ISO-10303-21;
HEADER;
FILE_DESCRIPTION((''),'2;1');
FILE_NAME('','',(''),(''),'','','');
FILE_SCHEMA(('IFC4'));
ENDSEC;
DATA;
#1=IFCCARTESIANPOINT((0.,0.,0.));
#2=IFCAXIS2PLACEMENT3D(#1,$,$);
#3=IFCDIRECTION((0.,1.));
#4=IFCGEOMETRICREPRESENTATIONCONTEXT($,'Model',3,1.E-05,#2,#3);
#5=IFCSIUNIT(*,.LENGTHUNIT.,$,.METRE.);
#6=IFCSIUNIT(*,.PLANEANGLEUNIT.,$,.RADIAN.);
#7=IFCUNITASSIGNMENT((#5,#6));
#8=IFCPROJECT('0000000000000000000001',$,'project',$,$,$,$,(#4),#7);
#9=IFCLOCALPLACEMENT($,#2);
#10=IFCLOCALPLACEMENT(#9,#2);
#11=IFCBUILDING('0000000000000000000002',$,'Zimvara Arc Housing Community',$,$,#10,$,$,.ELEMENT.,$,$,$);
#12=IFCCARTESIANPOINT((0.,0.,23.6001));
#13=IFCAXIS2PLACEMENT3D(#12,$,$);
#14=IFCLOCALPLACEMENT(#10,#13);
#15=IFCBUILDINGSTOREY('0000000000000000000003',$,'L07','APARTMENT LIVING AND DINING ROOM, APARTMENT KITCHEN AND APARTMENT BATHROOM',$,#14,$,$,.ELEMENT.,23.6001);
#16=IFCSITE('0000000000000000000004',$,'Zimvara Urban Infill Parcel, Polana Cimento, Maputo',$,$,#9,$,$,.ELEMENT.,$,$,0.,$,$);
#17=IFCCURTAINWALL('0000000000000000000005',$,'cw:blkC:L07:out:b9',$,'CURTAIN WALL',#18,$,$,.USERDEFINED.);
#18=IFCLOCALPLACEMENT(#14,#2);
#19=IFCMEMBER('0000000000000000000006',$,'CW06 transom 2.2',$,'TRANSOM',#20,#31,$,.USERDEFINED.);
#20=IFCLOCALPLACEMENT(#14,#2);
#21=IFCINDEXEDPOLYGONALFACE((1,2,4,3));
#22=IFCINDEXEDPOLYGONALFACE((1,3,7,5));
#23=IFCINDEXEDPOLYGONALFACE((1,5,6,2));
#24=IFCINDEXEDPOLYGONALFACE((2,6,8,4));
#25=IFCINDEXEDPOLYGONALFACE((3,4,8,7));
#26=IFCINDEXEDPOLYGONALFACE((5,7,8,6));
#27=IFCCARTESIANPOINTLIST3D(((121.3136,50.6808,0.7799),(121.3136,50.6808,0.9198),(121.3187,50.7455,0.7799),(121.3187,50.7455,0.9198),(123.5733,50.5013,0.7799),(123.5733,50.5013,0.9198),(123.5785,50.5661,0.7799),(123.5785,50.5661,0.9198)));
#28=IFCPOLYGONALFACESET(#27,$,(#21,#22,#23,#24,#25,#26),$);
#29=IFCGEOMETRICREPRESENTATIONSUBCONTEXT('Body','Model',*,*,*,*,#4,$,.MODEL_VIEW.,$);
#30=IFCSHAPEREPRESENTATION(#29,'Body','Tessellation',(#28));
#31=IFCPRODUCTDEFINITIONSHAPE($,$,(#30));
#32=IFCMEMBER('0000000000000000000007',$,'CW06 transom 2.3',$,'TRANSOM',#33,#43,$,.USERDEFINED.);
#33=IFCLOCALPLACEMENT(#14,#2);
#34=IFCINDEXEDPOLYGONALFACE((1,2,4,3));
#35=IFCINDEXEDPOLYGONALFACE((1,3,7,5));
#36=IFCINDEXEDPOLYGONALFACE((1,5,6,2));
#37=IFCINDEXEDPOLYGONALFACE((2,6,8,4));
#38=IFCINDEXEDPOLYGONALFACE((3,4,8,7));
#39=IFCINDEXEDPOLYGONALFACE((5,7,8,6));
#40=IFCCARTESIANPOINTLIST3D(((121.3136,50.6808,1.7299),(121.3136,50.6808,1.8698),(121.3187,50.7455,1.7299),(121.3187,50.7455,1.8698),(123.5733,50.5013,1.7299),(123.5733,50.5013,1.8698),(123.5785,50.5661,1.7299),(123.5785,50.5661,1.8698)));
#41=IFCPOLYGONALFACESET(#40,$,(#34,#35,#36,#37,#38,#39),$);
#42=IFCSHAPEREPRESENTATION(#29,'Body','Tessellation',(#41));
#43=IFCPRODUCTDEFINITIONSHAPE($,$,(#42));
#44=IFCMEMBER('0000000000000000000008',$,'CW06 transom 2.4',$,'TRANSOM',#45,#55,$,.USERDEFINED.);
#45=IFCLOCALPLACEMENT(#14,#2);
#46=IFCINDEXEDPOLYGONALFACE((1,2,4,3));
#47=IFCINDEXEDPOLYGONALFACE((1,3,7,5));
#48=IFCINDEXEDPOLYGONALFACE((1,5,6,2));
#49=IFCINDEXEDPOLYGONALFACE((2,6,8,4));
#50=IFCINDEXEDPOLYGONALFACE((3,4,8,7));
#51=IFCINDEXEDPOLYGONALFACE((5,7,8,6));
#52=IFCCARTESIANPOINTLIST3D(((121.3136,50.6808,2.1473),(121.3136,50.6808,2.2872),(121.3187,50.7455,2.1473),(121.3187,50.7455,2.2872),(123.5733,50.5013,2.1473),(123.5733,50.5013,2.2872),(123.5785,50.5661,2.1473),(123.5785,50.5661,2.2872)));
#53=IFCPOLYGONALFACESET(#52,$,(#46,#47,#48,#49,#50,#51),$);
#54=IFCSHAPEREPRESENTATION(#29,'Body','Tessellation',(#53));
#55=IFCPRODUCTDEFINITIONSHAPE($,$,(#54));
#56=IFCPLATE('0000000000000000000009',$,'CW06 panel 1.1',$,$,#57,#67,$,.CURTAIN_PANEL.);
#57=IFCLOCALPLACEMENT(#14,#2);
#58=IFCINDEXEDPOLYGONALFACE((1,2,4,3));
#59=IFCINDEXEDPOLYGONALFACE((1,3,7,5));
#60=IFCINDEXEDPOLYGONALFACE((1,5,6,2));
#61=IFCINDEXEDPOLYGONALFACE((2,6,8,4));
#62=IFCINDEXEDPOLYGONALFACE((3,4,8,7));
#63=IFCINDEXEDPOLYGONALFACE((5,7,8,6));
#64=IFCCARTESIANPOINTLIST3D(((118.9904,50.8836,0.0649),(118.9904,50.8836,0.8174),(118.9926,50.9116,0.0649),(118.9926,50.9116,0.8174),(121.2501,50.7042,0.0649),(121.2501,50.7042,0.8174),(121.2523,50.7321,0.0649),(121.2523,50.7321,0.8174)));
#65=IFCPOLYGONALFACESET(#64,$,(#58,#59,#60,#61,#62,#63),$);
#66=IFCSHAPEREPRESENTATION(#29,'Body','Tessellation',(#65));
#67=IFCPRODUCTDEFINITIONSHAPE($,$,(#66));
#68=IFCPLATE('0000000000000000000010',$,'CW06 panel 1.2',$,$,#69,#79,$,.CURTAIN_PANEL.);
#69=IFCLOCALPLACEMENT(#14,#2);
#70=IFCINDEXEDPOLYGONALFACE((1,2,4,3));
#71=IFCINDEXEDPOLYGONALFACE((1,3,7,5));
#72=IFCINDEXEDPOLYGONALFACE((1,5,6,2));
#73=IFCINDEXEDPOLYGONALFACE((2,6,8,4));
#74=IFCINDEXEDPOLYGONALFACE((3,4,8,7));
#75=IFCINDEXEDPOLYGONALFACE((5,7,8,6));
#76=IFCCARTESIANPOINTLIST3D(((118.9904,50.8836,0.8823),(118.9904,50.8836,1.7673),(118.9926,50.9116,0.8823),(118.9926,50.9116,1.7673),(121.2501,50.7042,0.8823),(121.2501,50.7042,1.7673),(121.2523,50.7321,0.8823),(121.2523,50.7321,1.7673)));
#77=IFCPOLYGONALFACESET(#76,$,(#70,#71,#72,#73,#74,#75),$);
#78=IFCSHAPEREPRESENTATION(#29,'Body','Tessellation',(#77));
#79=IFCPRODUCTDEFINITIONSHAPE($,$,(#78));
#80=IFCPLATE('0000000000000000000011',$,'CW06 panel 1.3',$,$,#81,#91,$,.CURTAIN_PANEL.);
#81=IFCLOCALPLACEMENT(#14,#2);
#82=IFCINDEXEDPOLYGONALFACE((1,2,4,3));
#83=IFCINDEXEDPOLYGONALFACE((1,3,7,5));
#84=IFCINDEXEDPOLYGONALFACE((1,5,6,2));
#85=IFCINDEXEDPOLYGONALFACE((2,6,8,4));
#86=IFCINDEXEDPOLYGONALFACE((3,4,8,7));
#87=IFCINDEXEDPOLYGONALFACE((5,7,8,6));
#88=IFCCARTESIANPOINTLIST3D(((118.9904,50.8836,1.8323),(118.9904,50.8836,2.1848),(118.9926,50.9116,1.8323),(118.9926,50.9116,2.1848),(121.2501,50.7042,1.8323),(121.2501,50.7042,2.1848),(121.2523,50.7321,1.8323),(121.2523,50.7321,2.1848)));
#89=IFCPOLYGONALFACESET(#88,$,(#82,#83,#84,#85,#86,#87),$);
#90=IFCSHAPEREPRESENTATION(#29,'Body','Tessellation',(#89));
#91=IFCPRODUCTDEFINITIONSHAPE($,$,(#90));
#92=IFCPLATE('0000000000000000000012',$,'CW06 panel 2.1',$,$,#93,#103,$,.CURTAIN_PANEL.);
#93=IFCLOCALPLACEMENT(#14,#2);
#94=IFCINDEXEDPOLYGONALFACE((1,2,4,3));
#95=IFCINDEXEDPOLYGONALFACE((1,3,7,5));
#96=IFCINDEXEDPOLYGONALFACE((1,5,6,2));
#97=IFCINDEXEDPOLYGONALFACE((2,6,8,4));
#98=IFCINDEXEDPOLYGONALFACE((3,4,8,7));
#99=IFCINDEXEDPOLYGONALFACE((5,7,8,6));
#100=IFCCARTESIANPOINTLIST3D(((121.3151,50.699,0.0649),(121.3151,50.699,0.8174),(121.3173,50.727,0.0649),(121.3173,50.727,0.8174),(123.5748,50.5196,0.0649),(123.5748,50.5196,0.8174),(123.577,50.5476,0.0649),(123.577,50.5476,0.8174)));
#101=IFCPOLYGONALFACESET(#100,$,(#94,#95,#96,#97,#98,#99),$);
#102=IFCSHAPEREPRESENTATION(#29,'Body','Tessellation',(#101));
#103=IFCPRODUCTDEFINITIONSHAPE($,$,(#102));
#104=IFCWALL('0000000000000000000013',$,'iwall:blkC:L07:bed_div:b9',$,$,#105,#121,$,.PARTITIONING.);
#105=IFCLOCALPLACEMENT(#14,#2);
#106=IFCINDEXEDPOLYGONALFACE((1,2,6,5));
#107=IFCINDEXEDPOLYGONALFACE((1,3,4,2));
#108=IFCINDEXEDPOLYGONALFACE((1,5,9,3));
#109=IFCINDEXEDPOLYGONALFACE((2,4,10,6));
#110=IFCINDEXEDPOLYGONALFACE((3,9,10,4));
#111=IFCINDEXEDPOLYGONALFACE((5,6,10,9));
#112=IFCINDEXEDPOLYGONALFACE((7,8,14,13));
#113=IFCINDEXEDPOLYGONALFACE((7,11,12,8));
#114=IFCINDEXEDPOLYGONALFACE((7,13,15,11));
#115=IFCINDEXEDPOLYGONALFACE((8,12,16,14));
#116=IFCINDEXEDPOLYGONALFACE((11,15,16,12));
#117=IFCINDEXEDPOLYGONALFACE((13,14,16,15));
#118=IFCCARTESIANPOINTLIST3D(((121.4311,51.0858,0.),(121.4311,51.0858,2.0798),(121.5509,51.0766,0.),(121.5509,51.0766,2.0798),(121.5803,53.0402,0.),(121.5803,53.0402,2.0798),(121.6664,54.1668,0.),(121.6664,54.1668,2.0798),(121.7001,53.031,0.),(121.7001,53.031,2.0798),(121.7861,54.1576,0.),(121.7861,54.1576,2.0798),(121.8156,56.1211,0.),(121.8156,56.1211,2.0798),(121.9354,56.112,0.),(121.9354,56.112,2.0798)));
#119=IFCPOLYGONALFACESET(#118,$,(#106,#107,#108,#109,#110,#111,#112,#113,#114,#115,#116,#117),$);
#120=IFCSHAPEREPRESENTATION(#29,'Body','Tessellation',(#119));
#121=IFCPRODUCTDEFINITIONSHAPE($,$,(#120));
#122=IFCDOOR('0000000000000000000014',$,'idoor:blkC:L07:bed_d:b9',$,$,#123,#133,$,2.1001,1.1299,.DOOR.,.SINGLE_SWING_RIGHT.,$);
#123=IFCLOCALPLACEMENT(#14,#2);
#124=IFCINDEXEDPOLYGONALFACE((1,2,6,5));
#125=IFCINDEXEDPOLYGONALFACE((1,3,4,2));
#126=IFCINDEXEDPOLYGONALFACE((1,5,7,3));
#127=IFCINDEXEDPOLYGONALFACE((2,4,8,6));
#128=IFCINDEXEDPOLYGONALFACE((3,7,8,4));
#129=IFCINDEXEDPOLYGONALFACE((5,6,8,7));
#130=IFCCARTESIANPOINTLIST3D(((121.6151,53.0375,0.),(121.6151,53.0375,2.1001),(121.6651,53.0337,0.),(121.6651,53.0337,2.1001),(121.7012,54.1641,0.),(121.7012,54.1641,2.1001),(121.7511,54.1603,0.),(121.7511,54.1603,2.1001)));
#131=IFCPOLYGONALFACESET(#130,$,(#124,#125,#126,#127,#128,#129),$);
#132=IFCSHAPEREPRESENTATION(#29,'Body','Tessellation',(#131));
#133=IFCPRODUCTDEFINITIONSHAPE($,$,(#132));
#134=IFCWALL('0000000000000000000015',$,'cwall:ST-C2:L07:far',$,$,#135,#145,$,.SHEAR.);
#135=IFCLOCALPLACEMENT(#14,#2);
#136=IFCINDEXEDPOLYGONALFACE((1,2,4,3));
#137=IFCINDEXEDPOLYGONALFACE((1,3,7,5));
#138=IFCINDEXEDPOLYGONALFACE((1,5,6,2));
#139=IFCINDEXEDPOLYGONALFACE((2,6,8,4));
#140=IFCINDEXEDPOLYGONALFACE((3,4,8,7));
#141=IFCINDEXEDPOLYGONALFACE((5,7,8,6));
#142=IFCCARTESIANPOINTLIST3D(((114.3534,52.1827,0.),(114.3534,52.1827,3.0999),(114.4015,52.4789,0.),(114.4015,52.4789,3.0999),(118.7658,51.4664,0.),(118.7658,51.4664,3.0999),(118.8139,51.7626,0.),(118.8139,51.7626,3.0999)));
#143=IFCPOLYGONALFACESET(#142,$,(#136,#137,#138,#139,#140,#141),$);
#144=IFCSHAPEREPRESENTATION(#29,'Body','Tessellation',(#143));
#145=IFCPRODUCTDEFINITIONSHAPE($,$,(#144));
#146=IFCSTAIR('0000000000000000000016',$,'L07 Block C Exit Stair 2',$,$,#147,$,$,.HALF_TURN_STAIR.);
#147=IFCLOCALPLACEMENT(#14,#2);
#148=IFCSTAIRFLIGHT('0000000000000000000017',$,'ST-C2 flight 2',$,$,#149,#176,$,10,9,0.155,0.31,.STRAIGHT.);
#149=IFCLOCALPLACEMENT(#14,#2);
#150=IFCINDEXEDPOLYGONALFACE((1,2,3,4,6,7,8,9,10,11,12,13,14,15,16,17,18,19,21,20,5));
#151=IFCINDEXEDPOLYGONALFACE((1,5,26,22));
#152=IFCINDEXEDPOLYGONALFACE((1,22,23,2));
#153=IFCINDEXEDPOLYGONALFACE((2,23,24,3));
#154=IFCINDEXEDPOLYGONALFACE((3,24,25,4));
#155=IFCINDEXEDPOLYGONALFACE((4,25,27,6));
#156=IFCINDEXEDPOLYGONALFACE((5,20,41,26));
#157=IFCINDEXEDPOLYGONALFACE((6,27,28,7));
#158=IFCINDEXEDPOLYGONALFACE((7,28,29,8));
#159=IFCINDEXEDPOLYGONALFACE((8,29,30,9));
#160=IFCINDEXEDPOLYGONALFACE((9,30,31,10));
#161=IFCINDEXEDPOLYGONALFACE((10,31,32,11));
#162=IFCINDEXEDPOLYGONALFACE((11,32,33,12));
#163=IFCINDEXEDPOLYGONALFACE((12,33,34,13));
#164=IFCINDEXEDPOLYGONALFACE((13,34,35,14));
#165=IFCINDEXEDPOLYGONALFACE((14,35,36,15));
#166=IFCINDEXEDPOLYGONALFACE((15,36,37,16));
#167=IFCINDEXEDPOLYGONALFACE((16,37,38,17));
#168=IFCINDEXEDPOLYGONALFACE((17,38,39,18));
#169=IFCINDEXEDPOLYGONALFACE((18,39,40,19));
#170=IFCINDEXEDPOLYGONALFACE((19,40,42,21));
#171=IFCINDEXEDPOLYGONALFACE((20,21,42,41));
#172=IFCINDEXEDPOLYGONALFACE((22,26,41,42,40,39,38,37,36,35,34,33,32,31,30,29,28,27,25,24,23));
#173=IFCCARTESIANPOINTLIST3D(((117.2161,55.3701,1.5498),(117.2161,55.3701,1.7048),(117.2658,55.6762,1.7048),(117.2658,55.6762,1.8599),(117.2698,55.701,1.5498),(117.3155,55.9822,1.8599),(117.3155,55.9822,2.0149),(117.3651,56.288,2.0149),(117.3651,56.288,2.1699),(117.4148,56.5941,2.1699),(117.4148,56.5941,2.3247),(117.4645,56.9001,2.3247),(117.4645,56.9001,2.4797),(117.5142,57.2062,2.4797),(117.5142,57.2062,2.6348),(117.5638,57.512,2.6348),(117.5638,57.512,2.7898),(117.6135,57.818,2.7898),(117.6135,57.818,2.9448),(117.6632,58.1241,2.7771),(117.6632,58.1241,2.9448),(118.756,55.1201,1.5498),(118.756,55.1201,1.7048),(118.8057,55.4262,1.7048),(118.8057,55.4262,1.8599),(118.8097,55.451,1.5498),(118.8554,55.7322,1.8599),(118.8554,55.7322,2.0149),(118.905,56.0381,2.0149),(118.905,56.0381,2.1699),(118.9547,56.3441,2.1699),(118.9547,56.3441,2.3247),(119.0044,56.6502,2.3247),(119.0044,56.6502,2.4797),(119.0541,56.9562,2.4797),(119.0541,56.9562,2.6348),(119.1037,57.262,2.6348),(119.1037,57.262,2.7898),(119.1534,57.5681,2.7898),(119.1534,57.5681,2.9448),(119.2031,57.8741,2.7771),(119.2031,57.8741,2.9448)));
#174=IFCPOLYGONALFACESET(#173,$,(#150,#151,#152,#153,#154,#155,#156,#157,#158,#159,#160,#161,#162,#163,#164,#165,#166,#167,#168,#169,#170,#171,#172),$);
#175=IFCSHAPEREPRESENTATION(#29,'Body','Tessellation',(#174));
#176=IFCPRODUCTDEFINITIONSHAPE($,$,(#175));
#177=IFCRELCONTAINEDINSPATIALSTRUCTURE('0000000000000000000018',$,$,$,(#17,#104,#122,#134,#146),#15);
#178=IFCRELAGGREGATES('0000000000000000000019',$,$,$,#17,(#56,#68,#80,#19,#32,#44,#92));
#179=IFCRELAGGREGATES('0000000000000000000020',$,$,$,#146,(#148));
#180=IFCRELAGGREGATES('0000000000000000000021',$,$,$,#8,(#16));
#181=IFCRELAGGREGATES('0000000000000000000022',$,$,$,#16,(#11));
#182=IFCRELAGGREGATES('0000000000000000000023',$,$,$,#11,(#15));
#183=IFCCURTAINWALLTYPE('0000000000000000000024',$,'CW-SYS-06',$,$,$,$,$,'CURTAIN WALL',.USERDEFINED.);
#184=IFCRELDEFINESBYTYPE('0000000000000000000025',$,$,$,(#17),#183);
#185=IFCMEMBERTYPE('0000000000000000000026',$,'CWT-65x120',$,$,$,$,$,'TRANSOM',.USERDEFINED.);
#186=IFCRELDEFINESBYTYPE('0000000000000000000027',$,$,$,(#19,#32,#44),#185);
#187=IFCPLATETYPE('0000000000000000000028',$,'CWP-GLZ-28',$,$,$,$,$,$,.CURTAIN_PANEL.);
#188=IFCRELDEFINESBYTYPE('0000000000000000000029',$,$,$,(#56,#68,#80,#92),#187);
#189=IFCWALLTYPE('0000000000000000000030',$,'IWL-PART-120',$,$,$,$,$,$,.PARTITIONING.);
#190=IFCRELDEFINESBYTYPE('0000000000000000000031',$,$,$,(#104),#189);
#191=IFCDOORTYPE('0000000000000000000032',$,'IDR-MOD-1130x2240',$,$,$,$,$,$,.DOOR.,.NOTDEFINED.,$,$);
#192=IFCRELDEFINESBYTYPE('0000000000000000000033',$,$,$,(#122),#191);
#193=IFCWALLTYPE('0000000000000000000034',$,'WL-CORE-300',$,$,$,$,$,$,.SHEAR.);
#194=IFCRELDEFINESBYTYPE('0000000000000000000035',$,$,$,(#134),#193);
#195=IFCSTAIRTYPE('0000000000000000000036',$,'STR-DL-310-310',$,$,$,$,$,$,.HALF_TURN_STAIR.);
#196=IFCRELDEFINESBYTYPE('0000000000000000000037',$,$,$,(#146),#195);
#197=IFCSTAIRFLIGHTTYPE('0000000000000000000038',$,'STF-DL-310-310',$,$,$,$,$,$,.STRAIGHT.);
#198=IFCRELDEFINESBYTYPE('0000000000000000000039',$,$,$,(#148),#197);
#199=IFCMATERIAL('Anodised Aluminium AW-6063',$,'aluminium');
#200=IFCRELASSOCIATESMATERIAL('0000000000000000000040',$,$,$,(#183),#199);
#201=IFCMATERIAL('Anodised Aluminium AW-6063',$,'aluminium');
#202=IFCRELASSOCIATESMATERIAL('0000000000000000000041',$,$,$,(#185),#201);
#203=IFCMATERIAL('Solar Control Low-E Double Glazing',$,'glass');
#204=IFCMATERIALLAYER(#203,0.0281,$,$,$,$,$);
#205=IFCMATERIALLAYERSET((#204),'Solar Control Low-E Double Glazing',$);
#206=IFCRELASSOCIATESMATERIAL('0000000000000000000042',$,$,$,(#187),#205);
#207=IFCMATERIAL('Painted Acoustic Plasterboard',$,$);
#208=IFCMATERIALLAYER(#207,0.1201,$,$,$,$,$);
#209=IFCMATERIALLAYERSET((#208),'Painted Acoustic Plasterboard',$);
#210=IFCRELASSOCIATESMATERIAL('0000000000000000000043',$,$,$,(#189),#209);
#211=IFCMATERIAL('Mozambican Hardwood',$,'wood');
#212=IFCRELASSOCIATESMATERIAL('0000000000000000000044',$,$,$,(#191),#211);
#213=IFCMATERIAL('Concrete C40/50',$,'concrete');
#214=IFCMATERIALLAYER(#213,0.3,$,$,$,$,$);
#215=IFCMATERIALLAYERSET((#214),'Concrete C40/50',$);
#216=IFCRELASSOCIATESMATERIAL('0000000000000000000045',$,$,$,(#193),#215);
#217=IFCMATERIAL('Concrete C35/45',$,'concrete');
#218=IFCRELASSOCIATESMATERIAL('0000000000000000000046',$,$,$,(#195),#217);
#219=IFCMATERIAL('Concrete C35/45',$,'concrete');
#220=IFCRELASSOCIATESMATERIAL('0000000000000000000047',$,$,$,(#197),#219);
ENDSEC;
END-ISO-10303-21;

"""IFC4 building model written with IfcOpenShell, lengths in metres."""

from ifc_helpers import new_model, si_unit, direction, frame, frame_2d, origin, origin_2d, place, context, subcontext, project, spatial, polyline, rectangle, outline, extrude, material, layer, layer_set, material_profile, profile_set, type_object, element, fill, aggregate, save


model = new_model("IFC4")

# Units and contexts
model_context = context("Model", 3, precision=1e-05, world=origin(), true_north=direction((0.0, 1.0)))
body_context = subcontext(model_context, "Body", "Model", "MODEL_VIEW")
ifc_project = project(units=[si_unit("LENGTHUNIT", "METRE"), si_unit("PLANEANGLEUNIT", "RADIAN")], contexts=[model_context])

# Site, building, storey
site_placement = place(None, origin())
site = spatial("IfcSite", under=ifc_project, at=site_placement, Name="Zimvara Urban Infill Parcel, Polana Cimento, Maputo", CompositionType="ELEMENT", RefElevation=0.0)
building_placement = place(site_placement, origin())
building = spatial("IfcBuilding", under=site, at=building_placement, Name="Zimvara Arc Housing Community", CompositionType="ELEMENT")
storey_placement = place(building_placement, frame((0.0, 0.0, 23.6001)))
storey = spatial("IfcBuildingStorey", under=building, at=storey_placement, Name="L07", Description="APARTMENT LIVING AND DINING ROOM, APARTMENT KITCHEN AND APARTMENT BATHROOM", CompositionType="ELEMENT", Elevation=23.6001)

# Curtain wall, members, plates
ifc_material_1 = material(Name="Anodised Aluminium AW-6063", Category="aluminium")
curtain_wall_type = type_object("IfcCurtainWallType", Name="CW-SYS-06", ElementType="CURTAIN WALL", PredefinedType="USERDEFINED", material=ifc_material_1)
curtain_wall_placement = place(storey_placement, origin())
curtain_wall = element("IfcCurtainWall", 1, at=curtain_wall_placement, inside=storey, type_object=curtain_wall_type, Name="cw:blkC:L07:out:b9", ObjectType="CURTAIN WALL", PredefinedType="USERDEFINED")
ifc_material_2 = material(Name="Anodised Aluminium AW-6063", Category="aluminium")
ifc_material_profile_1 = material_profile(ifc_material_2, rectangle(XDim=0.0649, YDim=0.1399, at=origin_2d()), Name="ALU 65x140")
ifc_profile_set_1 = profile_set([ifc_material_profile_1], Name="Anodised Aluminium AW-6063")
member_type_1 = type_object("IfcMemberType", Name="CWT-65x120", ElementType="TRANSOM", PredefinedType="USERDEFINED", material=ifc_profile_set_1)
member_1_placement = place(storey_placement, frame((121.3162, 50.7131, 0.8499), z_axis=(0.996862, -0.079159, 0.0), x_axis=(0.079159, 0.996862, 0.0)))
member_1 = element("IfcMember", 2, at=member_1_placement, type_object=member_type_1, Name="CW06 transom 2.2", ObjectType="TRANSOM", PredefinedType="USERDEFINED", context=body_context, shape_type="SweptSolid", body=[
    extrude(rectangle(XDim=0.0649, YDim=0.1399, at=origin_2d()), origin(), (0.0, 0.0, 1.0), 2.2668),
])
member_2_placement = place(storey_placement, frame((121.3162, 50.7131, 1.7998), z_axis=(0.996862, -0.079159, 0.0), x_axis=(0.079159, 0.996862, 0.0)))
member_2 = element("IfcMember", 3, at=member_2_placement, type_object=member_type_1, Name="CW06 transom 2.3", ObjectType="TRANSOM", PredefinedType="USERDEFINED", context=body_context, shape_type="SweptSolid", body=[
    extrude(rectangle(XDim=0.0649, YDim=0.1399, at=origin_2d()), origin(), (0.0, 0.0, 1.0), 2.2668),
])
member_3_placement = place(storey_placement, frame((121.3162, 50.7131, 2.2173), z_axis=(0.996862, -0.079159, 0.0), x_axis=(0.079159, 0.996862, 0.0)))
member_3 = element("IfcMember", 4, at=member_3_placement, type_object=member_type_1, Name="CW06 transom 2.4", ObjectType="TRANSOM", PredefinedType="USERDEFINED", context=body_context, shape_type="SweptSolid", body=[
    extrude(rectangle(XDim=0.0649, YDim=0.1399, at=origin_2d()), origin(), (0.0, 0.0, 1.0), 2.2668),
])
ifc_material_3 = material(Name="Solar Control Low-E Double Glazing", Category="glass")
ifc_layer_1 = layer(ifc_material_3, 0.0281)
ifc_layer_set_1 = layer_set([ifc_layer_1], Name="Solar Control Low-E Double Glazing")
plate_type = type_object("IfcPlateType", Name="CWP-GLZ-28", PredefinedType="CURTAIN_PANEL", material=ifc_layer_set_1)
plate_1_placement = place(storey_placement, frame((120.1213, 50.8079, 0.0649), z_axis=(0.0, 0.0, 1.0), x_axis=(0.996862, -0.079154, 0.0)))
plate_1 = element("IfcPlate", 5, at=plate_1_placement, type_object=plate_type, Name="CW06 panel 1.1", PredefinedType="CURTAIN_PANEL", context=body_context, shape_type="SweptSolid", body=[
    extrude(rectangle(XDim=2.2668, YDim=0.0281, at=origin_2d()), origin(), (0.0, 0.0, 1.0), 0.7524),
])
plate_2_placement = place(storey_placement, frame((120.1213, 50.8079, 0.8823), z_axis=(0.0, 0.0, 1.0), x_axis=(0.996862, -0.079154, 0.0)))
plate_2 = element("IfcPlate", 6, at=plate_2_placement, type_object=plate_type, Name="CW06 panel 1.2", PredefinedType="CURTAIN_PANEL", context=body_context, shape_type="SweptSolid", body=[
    extrude(rectangle(XDim=2.2668, YDim=0.0281, at=origin_2d()), origin(), (0.0, 0.0, 1.0), 0.885),
])
plate_3_placement = place(storey_placement, frame((120.1213, 50.8079, 1.8323), z_axis=(0.0, 0.0, 1.0), x_axis=(0.996862, -0.079154, 0.0)))
plate_3 = element("IfcPlate", 7, at=plate_3_placement, type_object=plate_type, Name="CW06 panel 1.3", PredefinedType="CURTAIN_PANEL", context=body_context, shape_type="SweptSolid", body=[
    extrude(rectangle(XDim=2.2668, YDim=0.0281, at=origin_2d()), origin(), (0.0, 0.0, 1.0), 0.3525),
])
plate_4_placement = place(storey_placement, frame((122.446, 50.6233, 0.0649), z_axis=(0.0, 0.0, 1.0), x_axis=(0.996862, -0.079154, 0.0)))
plate_4 = element("IfcPlate", 8, at=plate_4_placement, type_object=plate_type, Name="CW06 panel 2.1", PredefinedType="CURTAIN_PANEL", context=body_context, shape_type="SweptSolid", body=[
    extrude(rectangle(XDim=2.2668, YDim=0.0281, at=origin_2d()), origin(), (0.0, 0.0, 1.0), 0.7524),
])
aggregate(curtain_wall, [plate_1, plate_2, plate_3, member_1, member_2, member_3, plate_4])

# Wall, opening, door
ifc_material_4 = material(Name="Painted Acoustic Plasterboard")
ifc_layer_2 = layer(ifc_material_4, 0.1201)
ifc_layer_set_2 = layer_set([ifc_layer_2], Name="Painted Acoustic Plasterboard")
wall_type_1 = type_object("IfcWallType", Name="IWL-PART-120", PredefinedType="PARTITIONING", material=ifc_layer_set_2)
wall_1_placement = place(storey_placement, frame((121.8755, 56.1165, 0.0), z_axis=(0.0, 0.0, 1.0), x_axis=(-0.076142, -0.997097, 0.0)))
wall_1 = element("IfcWall", 9, at=wall_1_placement, inside=storey, type_object=wall_type_1, Name="iwall:blkC:L07:bed_div:b9", PredefinedType="PARTITIONING", context=body_context, shape_type="SweptSolid", body=[
    extrude(rectangle(XDim=5.05, YDim=0.1201, at=frame_2d((2.5249, 0.0))), origin(), (0.0, 0.0, 1.0), 2.0798),
])
opening_placement = place(wall_1_placement, frame((1.96, 0.0, 0.0)))
opening = element("IfcOpeningElement", 10, at=opening_placement, cuts=wall_1, PredefinedType="OPENING", context=body_context, shape_type="SweptSolid", body=[
    extrude(rectangle(XDim=1.1299, YDim=2.1001, at=frame_2d((0.5649, 1.05))), frame((0.0, 0.0701, 0.0), z_axis=(0.0, -1.0, 0.0), x_axis=(1.0, 0.0, 0.0)), (0.0, 0.0, 1.0), 0.1401),
])
ifc_material_5 = material(Name="Mozambican Hardwood", Category="wood")
door_type = type_object("IfcDoorType", Name="IDR-MOD-1130x2240", OperationType="NOTDEFINED", PredefinedType="DOOR", material=ifc_material_5)
door_placement = place(opening_placement, origin())
door = element("IfcDoor", 11, at=door_placement, inside=storey, type_object=door_type, Name="idoor:blkC:L07:bed_d:b9", OperationType="SINGLE_SWING_RIGHT", OverallHeight=2.1001, OverallWidth=1.1299, PredefinedType="DOOR", context=body_context, shape_type="SweptSolid", body=[
    extrude(rectangle(XDim=1.1299, YDim=2.1001, at=frame_2d((0.5649, 1.05))), frame((0.0, 0.0249, 0.0), z_axis=(0.0, -1.0, 0.0), x_axis=(1.0, 0.0, 0.0)), (0.0, 0.0, 1.0), 0.05),
])
fill(opening, door)

# Wall
ifc_material_6 = material(Name="Concrete C40/50", Category="concrete")
ifc_layer_3 = layer(ifc_material_6, 0.3)
ifc_layer_set_3 = layer_set([ifc_layer_3], Name="Concrete C40/50")
wall_type_2 = type_object("IfcWallType", Name="WL-CORE-300", PredefinedType="SHEAR", material=ifc_layer_set_3)
wall_2_placement = place(storey_placement, frame((114.3774, 52.3308, 0.0), z_axis=(0.0, 0.0, 1.0), x_axis=(0.987077, -0.160244, 0.0)))
element("IfcWall", 12, at=wall_2_placement, inside=storey, type_object=wall_type_2, Name="cwall:ST-C2:L07:far", PredefinedType="SHEAR", context=body_context, shape_type="SweptSolid", body=[
    extrude(rectangle(XDim=4.4702, YDim=0.3, at=frame_2d((2.2351, 0.0))), origin(), (0.0, 0.0, 1.0), 3.0999),
])

# Stair, stair flight
ifc_material_7 = material(Name="Concrete C35/45", Category="concrete")
stair_type = type_object("IfcStairType", Name="STR-DL-310-310", PredefinedType="HALF_TURN_STAIR", material=ifc_material_7)
stair_placement = place(storey_placement, origin())
stair = element("IfcStair", 13, at=stair_placement, inside=storey, type_object=stair_type, Name="L07 Block C Exit Stair 2", PredefinedType="HALF_TURN_STAIR")
ifc_material_8 = material(Name="Concrete C35/45", Category="concrete")
stair_flight_type = type_object("IfcStairFlightType", Name="STF-DL-310-310", PredefinedType="STRAIGHT", material=ifc_material_8)
stair_flight_placement = place(storey_placement, frame((117.9861, 55.2451, 1.5498), z_axis=(0.0, 0.0, 1.0), x_axis=(0.160226, 0.98708, 0.0)))
stair_flight = element("IfcStairFlight", 14, at=stair_flight_placement, type_object=stair_flight_type, Name="ST-C2 flight 2", NumberOfRisers=10, NumberOfTreads=9, PredefinedType="STRAIGHT", RiserHeight=0.155, TreadLength=0.31, context=body_context, shape_type="SweptSolid", body=[
    extrude(outline(polyline([(0.0, 0.0), (0.0, 0.155), (0.3101, 0.155), (0.3101, 0.3101), (0.6201, 0.3101), (0.6201, 0.4651), (0.9299, 0.4651), (0.9299, 0.6201), (1.24, 0.6201), (1.24, 0.7749), (1.55, 0.7749), (1.55, 0.9299), (1.8601, 0.9299), (1.8601, 1.085), (2.1699, 1.085), (2.1699, 1.24), (2.48, 1.24), (2.48, 1.395), (2.79, 1.395), (2.79, 1.55), (2.79, 1.2273), (0.3352, 0.0), (0.0, 0.0)])), frame((0.0, 0.78, 0.0), z_axis=(0.0, -1.0, 0.0), x_axis=(1.0, 0.0, 0.0)), (0.0, 0.0, 1.0), 1.5601),
])
aggregate(stair, [stair_flight])

save(model, "model.ifc")
